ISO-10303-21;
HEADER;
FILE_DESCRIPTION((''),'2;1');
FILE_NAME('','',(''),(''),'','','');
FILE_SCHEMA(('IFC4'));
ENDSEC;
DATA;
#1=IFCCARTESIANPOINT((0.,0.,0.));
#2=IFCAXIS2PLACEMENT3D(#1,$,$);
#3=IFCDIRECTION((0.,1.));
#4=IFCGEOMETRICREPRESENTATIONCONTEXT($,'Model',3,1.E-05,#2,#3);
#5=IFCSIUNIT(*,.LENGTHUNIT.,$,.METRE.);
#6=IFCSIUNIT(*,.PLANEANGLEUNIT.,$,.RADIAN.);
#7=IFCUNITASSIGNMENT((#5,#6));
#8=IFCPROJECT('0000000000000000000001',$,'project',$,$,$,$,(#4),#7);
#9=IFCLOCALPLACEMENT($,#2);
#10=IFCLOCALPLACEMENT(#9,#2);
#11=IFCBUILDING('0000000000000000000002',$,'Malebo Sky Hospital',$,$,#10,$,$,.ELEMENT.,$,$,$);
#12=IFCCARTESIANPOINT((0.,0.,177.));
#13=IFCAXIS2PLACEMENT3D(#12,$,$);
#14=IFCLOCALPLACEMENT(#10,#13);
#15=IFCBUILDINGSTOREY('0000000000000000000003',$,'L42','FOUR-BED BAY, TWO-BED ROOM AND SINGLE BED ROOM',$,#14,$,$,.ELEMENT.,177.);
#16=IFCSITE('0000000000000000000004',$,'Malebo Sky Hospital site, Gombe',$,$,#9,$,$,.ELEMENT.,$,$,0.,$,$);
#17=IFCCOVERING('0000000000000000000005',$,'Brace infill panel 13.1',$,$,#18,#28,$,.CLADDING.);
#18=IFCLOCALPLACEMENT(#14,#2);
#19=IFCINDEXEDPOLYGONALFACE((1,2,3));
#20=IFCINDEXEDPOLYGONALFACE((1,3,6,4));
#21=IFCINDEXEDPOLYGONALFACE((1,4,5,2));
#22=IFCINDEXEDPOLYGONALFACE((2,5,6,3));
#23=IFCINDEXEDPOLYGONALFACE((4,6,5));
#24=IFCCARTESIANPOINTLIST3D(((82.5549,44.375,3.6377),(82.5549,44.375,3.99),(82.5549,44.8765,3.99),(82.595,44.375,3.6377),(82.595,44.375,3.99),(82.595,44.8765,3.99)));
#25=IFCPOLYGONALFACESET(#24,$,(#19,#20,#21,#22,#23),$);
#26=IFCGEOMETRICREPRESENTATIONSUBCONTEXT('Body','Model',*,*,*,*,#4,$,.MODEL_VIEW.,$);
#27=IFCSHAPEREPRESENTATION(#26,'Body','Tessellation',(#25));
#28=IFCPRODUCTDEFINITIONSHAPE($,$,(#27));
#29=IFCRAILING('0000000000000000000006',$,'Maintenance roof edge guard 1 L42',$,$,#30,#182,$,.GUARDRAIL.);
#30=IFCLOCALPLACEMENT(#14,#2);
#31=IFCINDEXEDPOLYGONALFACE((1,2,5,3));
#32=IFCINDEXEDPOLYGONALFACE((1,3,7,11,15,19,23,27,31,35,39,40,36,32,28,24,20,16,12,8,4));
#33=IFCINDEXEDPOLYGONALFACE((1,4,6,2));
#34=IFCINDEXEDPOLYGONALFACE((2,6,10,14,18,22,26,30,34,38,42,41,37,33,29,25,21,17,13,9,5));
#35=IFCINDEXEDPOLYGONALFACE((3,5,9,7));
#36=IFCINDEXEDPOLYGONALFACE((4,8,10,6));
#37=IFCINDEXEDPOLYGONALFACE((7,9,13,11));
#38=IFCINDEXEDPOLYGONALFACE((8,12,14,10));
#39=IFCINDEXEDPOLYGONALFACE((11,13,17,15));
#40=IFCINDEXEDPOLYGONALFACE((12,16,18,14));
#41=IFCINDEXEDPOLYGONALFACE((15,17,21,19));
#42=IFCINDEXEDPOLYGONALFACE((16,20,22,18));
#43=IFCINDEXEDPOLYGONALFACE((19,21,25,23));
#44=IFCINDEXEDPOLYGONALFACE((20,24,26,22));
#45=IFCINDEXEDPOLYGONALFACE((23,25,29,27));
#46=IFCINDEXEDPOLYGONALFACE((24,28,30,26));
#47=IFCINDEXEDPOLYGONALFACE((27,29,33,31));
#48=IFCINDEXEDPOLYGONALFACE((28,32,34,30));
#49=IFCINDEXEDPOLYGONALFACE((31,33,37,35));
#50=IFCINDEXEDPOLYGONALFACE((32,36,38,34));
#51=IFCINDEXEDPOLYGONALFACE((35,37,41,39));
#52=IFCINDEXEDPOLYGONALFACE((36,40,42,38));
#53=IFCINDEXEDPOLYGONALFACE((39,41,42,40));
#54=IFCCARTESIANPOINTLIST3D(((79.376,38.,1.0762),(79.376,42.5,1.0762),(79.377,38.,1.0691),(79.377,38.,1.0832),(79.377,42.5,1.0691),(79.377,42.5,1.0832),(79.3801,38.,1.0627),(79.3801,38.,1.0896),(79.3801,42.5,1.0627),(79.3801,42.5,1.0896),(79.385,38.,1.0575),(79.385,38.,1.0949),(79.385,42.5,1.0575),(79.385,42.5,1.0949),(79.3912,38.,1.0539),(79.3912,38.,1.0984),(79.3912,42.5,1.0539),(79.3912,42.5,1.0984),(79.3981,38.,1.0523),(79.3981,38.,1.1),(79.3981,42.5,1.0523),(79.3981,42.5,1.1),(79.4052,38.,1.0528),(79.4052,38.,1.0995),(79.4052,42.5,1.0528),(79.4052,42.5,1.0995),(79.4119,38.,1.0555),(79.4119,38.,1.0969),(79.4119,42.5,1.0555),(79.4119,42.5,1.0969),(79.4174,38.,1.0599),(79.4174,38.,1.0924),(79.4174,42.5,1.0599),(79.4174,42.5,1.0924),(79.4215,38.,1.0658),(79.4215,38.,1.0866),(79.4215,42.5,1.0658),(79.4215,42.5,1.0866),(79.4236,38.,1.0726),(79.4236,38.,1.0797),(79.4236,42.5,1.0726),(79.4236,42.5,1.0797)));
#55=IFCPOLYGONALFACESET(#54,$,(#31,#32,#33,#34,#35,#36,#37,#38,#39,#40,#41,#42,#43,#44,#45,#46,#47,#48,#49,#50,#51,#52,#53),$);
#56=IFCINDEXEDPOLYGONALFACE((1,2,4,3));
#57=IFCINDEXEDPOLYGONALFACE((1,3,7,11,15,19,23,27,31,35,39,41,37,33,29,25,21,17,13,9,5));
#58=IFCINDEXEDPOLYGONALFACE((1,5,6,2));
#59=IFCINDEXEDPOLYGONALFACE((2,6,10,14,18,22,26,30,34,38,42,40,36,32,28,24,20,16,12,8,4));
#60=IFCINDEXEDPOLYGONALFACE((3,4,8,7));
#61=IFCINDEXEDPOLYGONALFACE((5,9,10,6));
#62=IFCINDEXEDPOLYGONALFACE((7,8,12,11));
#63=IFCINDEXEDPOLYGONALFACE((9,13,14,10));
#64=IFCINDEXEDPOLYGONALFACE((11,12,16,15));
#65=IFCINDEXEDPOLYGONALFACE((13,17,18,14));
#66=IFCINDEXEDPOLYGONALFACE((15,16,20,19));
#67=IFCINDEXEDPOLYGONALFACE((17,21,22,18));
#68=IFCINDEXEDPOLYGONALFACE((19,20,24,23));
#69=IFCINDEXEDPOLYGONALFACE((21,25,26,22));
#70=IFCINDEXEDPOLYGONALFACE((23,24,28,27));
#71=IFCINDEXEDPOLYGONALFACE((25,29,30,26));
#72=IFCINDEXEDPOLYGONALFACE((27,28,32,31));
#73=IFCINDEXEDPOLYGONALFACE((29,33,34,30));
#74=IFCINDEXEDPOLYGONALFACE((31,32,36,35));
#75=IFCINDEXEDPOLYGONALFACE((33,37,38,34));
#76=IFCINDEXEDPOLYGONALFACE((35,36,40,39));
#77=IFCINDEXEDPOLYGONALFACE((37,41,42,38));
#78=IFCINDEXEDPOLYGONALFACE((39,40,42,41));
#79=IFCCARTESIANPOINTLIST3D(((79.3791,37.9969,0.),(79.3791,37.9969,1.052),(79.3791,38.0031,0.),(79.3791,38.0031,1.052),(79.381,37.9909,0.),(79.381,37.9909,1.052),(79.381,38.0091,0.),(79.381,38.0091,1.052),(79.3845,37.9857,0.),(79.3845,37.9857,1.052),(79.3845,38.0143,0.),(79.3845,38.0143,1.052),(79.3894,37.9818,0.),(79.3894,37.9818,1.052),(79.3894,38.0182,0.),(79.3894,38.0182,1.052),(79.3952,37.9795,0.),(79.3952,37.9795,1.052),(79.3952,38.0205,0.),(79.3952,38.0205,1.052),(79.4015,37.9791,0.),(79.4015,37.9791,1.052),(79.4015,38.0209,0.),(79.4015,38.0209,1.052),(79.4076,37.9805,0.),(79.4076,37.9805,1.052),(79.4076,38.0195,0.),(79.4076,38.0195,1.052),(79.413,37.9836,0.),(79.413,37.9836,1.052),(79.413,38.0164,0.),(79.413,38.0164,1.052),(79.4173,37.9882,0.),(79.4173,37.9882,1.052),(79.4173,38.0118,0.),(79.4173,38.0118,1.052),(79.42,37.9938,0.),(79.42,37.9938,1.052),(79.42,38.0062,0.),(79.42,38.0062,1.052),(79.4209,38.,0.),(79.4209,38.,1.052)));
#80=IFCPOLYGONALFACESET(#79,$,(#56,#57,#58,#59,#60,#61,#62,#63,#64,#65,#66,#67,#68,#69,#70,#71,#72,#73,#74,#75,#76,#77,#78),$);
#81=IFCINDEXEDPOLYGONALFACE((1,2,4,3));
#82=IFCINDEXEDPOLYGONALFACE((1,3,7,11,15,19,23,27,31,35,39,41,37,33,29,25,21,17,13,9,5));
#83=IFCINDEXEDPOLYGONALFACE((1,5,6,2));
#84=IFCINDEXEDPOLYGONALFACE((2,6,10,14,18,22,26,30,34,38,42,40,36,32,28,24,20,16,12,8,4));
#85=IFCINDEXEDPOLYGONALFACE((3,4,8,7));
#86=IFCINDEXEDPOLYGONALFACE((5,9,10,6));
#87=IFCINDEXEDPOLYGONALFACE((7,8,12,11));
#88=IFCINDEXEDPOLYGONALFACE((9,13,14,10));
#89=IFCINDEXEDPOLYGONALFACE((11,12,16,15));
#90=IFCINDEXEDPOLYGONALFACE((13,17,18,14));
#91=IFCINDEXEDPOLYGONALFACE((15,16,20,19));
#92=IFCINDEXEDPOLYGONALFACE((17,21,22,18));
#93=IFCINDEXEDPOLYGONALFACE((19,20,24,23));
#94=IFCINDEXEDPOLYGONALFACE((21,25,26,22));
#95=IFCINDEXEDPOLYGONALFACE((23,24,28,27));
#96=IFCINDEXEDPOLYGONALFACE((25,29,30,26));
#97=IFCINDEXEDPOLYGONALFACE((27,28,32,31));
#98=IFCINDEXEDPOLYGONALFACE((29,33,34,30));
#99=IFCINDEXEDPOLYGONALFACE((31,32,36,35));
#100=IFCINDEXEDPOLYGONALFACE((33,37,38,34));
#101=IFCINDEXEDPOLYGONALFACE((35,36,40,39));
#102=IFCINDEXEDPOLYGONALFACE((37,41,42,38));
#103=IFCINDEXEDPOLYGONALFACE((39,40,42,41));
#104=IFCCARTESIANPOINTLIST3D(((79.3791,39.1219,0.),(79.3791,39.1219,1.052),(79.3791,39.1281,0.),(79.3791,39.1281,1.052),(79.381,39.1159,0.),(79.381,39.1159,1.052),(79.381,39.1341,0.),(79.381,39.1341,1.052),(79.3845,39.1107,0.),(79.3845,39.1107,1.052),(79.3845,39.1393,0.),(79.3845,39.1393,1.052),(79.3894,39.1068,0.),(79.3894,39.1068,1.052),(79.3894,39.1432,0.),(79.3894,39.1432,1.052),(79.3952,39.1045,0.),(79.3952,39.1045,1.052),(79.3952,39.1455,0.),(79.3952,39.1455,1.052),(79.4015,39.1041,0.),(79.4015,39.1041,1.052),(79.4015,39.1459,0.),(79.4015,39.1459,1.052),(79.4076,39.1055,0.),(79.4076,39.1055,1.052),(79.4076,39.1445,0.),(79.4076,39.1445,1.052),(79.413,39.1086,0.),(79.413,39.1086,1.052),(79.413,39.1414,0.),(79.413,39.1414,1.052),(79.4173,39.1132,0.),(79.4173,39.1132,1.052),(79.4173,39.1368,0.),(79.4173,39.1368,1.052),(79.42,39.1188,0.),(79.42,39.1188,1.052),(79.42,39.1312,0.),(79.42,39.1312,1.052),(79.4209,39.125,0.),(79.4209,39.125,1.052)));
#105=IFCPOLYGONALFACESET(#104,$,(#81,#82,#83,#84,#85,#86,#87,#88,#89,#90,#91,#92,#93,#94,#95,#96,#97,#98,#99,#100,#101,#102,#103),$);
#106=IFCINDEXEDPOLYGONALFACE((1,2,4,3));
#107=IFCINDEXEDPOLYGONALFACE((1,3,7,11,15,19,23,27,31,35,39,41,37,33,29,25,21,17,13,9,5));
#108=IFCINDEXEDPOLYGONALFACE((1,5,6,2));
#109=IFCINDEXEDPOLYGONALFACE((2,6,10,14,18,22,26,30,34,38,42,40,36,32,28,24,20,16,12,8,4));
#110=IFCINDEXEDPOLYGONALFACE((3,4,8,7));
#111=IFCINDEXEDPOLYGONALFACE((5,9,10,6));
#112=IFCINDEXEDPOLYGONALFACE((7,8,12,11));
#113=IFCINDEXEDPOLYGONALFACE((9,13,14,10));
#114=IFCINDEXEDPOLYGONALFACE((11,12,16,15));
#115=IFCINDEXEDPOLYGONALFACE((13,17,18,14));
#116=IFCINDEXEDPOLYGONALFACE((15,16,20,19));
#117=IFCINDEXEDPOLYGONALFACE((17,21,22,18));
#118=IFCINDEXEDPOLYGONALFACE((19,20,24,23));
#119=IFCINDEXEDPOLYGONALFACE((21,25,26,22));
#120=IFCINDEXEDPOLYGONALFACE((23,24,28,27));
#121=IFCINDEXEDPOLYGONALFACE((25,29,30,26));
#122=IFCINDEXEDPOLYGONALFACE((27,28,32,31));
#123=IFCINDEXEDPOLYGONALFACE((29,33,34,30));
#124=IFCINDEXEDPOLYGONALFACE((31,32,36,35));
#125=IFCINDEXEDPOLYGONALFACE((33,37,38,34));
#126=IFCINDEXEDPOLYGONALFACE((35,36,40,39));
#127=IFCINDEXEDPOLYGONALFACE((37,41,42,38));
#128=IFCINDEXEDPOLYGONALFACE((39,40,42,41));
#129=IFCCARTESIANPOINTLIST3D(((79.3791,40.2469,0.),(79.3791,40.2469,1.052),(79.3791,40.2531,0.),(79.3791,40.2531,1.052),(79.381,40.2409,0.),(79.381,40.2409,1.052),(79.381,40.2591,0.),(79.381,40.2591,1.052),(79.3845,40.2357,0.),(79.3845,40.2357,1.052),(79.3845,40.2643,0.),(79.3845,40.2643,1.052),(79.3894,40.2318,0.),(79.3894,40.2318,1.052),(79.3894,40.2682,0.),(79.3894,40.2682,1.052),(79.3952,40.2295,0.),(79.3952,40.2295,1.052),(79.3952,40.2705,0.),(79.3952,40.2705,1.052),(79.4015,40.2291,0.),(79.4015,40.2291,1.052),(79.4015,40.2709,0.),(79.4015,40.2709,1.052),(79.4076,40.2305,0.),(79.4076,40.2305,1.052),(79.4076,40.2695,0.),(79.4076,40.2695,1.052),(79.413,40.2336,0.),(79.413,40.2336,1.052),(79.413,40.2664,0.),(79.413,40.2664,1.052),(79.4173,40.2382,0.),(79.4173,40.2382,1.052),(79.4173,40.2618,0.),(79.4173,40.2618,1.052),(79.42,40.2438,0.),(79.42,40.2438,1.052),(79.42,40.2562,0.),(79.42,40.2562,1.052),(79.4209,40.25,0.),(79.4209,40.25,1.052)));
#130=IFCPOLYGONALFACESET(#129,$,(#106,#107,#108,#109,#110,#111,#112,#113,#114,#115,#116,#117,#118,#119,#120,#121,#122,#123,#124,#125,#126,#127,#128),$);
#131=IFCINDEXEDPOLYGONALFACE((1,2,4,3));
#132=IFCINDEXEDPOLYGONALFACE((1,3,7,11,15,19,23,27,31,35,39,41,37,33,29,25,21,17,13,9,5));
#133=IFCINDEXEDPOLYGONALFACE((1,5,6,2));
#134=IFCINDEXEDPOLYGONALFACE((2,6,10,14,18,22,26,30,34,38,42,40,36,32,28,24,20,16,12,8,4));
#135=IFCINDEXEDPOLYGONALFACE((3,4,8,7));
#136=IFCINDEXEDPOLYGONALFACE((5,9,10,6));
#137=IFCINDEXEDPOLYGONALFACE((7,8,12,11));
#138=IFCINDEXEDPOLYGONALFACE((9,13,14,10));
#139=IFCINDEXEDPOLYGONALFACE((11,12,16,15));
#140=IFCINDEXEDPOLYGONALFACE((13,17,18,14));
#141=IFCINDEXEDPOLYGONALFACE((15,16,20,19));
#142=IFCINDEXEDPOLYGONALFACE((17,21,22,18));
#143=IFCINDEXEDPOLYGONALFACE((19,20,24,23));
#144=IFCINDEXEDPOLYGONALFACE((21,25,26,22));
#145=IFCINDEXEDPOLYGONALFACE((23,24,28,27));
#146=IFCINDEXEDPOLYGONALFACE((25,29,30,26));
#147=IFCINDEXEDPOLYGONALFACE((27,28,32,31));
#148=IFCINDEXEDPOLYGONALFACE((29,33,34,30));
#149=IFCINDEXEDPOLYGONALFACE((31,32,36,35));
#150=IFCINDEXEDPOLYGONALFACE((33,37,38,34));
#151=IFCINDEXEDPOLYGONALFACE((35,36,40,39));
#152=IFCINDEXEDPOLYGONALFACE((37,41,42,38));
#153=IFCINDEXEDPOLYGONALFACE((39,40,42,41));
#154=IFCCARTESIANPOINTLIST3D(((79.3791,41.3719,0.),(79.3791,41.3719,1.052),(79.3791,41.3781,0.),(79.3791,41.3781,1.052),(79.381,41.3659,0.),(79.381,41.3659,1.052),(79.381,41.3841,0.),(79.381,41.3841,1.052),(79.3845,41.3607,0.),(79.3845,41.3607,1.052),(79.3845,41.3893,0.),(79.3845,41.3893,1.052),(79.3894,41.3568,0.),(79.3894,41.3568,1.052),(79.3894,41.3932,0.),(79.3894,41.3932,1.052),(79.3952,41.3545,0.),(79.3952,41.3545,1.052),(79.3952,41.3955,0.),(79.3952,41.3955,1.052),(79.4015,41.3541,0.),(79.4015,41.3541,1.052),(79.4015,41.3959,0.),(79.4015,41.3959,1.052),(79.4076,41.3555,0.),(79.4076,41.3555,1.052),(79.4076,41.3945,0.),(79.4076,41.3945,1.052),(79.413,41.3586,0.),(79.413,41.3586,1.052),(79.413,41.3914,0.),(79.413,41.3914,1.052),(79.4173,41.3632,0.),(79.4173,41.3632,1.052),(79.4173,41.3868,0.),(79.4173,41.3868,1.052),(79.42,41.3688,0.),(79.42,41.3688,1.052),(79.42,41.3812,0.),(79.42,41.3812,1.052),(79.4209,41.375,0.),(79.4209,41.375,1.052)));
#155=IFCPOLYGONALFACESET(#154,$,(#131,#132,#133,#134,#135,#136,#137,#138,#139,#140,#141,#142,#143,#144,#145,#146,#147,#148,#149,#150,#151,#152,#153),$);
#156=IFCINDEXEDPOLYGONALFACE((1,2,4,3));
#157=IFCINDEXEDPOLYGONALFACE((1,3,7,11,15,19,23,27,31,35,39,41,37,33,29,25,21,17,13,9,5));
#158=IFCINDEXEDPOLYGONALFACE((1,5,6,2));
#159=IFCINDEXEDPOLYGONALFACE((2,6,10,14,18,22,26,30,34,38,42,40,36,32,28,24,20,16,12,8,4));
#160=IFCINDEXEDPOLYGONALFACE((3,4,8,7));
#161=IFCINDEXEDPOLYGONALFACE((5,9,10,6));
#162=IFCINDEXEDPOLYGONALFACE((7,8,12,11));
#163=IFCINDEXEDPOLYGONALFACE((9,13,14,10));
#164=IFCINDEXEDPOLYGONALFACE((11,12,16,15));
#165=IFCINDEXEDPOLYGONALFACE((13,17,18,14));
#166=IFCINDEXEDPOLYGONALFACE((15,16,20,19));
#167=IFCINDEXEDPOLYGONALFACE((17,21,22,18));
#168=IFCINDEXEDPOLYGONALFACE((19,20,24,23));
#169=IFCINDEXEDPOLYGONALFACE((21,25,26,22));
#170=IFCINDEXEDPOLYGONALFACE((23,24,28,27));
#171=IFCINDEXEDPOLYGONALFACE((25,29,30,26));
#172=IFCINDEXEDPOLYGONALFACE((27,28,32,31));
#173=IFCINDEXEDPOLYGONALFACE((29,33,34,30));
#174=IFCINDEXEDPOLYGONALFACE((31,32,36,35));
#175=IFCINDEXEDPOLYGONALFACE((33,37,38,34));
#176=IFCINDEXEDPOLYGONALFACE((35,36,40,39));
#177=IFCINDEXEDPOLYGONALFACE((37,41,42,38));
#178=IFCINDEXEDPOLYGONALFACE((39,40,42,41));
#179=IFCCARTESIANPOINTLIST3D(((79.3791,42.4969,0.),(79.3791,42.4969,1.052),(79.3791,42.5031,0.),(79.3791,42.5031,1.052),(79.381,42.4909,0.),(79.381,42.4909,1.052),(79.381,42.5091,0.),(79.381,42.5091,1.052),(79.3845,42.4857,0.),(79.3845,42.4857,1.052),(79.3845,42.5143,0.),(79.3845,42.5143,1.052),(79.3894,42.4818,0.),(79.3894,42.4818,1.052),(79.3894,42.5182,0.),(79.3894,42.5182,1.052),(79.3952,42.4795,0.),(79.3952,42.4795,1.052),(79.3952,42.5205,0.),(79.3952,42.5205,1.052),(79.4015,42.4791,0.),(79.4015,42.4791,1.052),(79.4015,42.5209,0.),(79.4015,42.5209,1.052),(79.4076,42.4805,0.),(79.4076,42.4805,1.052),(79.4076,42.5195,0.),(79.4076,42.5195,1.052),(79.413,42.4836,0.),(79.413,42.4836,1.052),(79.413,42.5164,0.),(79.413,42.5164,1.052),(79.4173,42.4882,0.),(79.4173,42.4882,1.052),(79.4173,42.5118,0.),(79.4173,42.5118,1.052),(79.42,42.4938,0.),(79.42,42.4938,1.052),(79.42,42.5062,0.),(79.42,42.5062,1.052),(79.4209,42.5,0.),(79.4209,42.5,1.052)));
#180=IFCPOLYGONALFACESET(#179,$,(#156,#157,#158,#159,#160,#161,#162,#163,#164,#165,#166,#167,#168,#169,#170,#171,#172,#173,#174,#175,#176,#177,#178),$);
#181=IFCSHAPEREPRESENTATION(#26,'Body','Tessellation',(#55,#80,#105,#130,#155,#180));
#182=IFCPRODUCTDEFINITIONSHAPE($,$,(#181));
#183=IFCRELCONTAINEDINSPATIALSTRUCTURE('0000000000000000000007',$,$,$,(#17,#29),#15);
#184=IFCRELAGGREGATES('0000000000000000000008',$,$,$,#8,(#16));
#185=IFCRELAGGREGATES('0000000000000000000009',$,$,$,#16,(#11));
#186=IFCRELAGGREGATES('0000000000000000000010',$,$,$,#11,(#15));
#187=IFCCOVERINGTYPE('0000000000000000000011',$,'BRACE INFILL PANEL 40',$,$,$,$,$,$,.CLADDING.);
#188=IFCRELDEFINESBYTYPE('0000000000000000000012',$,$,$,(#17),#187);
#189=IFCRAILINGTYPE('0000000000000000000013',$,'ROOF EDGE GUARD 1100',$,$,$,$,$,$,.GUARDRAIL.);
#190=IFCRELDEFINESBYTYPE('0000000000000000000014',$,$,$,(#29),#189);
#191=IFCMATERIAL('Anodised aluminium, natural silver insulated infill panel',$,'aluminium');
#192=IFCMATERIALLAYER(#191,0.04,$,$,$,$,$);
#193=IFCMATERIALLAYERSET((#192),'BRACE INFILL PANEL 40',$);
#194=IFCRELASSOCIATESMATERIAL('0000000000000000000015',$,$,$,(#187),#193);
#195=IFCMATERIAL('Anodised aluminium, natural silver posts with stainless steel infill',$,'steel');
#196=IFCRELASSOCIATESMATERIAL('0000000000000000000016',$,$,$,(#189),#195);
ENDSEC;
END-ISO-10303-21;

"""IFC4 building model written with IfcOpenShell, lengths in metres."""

from ifc_helpers import new_model, si_unit, direction, frame, origin, origin_2d, place, context, subcontext, project, spatial, polyline, circle, outline, extrude, material, layer, layer_set, type_object, element, save


model = new_model("IFC4")

# Units and contexts
model_context = context("Model", 3, precision=1e-05, world=origin(), true_north=direction((0.0, 1.0)))
body_context = subcontext(model_context, "Body", "Model", "MODEL_VIEW")
ifc_project = project(units=[si_unit("LENGTHUNIT", "METRE"), si_unit("PLANEANGLEUNIT", "RADIAN")], contexts=[model_context])

# Site, building, storey
site_placement = place(None, origin())
site = spatial("IfcSite", under=ifc_project, at=site_placement, Name="Malebo Sky Hospital site, Gombe", CompositionType="ELEMENT", RefElevation=0.0)
building_placement = place(site_placement, origin())
building = spatial("IfcBuilding", under=site, at=building_placement, Name="Malebo Sky Hospital", CompositionType="ELEMENT")
storey_placement = place(building_placement, frame((0.0, 0.0, 177.0)))
storey = spatial("IfcBuildingStorey", under=building, at=storey_placement, Name="L42", Description="FOUR-BED BAY, TWO-BED ROOM AND SINGLE BED ROOM", CompositionType="ELEMENT", Elevation=177.0)

# Covering
ifc_material_1 = material(Name="Anodised aluminium, natural silver insulated infill panel", Category="aluminium")
ifc_layer_1 = layer(ifc_material_1, 0.04)
ifc_layer_set_1 = layer_set([ifc_layer_1], Name="BRACE INFILL PANEL 40")
covering_type = type_object("IfcCoveringType", Name="BRACE INFILL PANEL 40", PredefinedType="CLADDING", material=ifc_layer_set_1)
covering_1_placement = place(storey_placement, frame((82.575, 44.6257, 3.6377), z_axis=(0.0, 0.0, 1.0), x_axis=(0.0, -1.0, 0.0)))
element("IfcCovering", 1, at=covering_1_placement, inside=storey, type_object=covering_type, Name="Brace infill panel 13.1", PredefinedType="CLADDING", context=body_context, shape_type="SweptSolid", body=[
    extrude(outline(polyline([(0.2507, 0.0), (0.2507, 0.3523), (-0.2507, 0.3523), (0.2507, 0.0)])), frame((0.0, 0.02, 0.0), z_axis=(0.0, -1.0, 0.0), x_axis=(1.0, 0.0, 0.0)), (0.0, 0.0, 1.0), 0.04),
])

# Railing
ifc_material_2 = material(Name="Anodised aluminium, natural silver posts with stainless steel infill", Category="steel")
railing_type = type_object("IfcRailingType", Name="ROOF EDGE GUARD 1100", PredefinedType="GUARDRAIL", material=ifc_material_2)
railing_1_placement = place(storey_placement, frame((79.3999, 38.0, 0.0)))
element("IfcRailing", 2, at=railing_1_placement, inside=storey, type_object=railing_type, Name="Maintenance roof edge guard 1 L42", PredefinedType="GUARDRAIL", context=body_context, shape_type="SweptSolid", body=[
    extrude(circle(Radius=0.0239, at=origin_2d()), frame((0.0, 0.0, 1.0762), z_axis=(0.0, 1.0, 0.0), x_axis=(-1.0, 0.0, 0.0)), (0.0, 0.0, 1.0), 4.5),
    extrude(circle(Radius=0.021, at=origin_2d()), origin(), (0.0, 0.0, 1.0), 1.052),
    extrude(circle(Radius=0.021, at=origin_2d()), frame((0.0, 1.125, 0.0)), (0.0, 0.0, 1.0), 1.052),
    extrude(circle(Radius=0.021, at=origin_2d()), frame((0.0, 2.25, 0.0)), (0.0, 0.0, 1.0), 1.052),
    extrude(circle(Radius=0.021, at=origin_2d()), frame((0.0, 3.375, 0.0)), (0.0, 0.0, 1.0), 1.052),
    extrude(circle(Radius=0.021, at=origin_2d()), frame((0.0, 4.5, 0.0)), (0.0, 0.0, 1.0), 1.052),
])

save(model, "model.ifc")
